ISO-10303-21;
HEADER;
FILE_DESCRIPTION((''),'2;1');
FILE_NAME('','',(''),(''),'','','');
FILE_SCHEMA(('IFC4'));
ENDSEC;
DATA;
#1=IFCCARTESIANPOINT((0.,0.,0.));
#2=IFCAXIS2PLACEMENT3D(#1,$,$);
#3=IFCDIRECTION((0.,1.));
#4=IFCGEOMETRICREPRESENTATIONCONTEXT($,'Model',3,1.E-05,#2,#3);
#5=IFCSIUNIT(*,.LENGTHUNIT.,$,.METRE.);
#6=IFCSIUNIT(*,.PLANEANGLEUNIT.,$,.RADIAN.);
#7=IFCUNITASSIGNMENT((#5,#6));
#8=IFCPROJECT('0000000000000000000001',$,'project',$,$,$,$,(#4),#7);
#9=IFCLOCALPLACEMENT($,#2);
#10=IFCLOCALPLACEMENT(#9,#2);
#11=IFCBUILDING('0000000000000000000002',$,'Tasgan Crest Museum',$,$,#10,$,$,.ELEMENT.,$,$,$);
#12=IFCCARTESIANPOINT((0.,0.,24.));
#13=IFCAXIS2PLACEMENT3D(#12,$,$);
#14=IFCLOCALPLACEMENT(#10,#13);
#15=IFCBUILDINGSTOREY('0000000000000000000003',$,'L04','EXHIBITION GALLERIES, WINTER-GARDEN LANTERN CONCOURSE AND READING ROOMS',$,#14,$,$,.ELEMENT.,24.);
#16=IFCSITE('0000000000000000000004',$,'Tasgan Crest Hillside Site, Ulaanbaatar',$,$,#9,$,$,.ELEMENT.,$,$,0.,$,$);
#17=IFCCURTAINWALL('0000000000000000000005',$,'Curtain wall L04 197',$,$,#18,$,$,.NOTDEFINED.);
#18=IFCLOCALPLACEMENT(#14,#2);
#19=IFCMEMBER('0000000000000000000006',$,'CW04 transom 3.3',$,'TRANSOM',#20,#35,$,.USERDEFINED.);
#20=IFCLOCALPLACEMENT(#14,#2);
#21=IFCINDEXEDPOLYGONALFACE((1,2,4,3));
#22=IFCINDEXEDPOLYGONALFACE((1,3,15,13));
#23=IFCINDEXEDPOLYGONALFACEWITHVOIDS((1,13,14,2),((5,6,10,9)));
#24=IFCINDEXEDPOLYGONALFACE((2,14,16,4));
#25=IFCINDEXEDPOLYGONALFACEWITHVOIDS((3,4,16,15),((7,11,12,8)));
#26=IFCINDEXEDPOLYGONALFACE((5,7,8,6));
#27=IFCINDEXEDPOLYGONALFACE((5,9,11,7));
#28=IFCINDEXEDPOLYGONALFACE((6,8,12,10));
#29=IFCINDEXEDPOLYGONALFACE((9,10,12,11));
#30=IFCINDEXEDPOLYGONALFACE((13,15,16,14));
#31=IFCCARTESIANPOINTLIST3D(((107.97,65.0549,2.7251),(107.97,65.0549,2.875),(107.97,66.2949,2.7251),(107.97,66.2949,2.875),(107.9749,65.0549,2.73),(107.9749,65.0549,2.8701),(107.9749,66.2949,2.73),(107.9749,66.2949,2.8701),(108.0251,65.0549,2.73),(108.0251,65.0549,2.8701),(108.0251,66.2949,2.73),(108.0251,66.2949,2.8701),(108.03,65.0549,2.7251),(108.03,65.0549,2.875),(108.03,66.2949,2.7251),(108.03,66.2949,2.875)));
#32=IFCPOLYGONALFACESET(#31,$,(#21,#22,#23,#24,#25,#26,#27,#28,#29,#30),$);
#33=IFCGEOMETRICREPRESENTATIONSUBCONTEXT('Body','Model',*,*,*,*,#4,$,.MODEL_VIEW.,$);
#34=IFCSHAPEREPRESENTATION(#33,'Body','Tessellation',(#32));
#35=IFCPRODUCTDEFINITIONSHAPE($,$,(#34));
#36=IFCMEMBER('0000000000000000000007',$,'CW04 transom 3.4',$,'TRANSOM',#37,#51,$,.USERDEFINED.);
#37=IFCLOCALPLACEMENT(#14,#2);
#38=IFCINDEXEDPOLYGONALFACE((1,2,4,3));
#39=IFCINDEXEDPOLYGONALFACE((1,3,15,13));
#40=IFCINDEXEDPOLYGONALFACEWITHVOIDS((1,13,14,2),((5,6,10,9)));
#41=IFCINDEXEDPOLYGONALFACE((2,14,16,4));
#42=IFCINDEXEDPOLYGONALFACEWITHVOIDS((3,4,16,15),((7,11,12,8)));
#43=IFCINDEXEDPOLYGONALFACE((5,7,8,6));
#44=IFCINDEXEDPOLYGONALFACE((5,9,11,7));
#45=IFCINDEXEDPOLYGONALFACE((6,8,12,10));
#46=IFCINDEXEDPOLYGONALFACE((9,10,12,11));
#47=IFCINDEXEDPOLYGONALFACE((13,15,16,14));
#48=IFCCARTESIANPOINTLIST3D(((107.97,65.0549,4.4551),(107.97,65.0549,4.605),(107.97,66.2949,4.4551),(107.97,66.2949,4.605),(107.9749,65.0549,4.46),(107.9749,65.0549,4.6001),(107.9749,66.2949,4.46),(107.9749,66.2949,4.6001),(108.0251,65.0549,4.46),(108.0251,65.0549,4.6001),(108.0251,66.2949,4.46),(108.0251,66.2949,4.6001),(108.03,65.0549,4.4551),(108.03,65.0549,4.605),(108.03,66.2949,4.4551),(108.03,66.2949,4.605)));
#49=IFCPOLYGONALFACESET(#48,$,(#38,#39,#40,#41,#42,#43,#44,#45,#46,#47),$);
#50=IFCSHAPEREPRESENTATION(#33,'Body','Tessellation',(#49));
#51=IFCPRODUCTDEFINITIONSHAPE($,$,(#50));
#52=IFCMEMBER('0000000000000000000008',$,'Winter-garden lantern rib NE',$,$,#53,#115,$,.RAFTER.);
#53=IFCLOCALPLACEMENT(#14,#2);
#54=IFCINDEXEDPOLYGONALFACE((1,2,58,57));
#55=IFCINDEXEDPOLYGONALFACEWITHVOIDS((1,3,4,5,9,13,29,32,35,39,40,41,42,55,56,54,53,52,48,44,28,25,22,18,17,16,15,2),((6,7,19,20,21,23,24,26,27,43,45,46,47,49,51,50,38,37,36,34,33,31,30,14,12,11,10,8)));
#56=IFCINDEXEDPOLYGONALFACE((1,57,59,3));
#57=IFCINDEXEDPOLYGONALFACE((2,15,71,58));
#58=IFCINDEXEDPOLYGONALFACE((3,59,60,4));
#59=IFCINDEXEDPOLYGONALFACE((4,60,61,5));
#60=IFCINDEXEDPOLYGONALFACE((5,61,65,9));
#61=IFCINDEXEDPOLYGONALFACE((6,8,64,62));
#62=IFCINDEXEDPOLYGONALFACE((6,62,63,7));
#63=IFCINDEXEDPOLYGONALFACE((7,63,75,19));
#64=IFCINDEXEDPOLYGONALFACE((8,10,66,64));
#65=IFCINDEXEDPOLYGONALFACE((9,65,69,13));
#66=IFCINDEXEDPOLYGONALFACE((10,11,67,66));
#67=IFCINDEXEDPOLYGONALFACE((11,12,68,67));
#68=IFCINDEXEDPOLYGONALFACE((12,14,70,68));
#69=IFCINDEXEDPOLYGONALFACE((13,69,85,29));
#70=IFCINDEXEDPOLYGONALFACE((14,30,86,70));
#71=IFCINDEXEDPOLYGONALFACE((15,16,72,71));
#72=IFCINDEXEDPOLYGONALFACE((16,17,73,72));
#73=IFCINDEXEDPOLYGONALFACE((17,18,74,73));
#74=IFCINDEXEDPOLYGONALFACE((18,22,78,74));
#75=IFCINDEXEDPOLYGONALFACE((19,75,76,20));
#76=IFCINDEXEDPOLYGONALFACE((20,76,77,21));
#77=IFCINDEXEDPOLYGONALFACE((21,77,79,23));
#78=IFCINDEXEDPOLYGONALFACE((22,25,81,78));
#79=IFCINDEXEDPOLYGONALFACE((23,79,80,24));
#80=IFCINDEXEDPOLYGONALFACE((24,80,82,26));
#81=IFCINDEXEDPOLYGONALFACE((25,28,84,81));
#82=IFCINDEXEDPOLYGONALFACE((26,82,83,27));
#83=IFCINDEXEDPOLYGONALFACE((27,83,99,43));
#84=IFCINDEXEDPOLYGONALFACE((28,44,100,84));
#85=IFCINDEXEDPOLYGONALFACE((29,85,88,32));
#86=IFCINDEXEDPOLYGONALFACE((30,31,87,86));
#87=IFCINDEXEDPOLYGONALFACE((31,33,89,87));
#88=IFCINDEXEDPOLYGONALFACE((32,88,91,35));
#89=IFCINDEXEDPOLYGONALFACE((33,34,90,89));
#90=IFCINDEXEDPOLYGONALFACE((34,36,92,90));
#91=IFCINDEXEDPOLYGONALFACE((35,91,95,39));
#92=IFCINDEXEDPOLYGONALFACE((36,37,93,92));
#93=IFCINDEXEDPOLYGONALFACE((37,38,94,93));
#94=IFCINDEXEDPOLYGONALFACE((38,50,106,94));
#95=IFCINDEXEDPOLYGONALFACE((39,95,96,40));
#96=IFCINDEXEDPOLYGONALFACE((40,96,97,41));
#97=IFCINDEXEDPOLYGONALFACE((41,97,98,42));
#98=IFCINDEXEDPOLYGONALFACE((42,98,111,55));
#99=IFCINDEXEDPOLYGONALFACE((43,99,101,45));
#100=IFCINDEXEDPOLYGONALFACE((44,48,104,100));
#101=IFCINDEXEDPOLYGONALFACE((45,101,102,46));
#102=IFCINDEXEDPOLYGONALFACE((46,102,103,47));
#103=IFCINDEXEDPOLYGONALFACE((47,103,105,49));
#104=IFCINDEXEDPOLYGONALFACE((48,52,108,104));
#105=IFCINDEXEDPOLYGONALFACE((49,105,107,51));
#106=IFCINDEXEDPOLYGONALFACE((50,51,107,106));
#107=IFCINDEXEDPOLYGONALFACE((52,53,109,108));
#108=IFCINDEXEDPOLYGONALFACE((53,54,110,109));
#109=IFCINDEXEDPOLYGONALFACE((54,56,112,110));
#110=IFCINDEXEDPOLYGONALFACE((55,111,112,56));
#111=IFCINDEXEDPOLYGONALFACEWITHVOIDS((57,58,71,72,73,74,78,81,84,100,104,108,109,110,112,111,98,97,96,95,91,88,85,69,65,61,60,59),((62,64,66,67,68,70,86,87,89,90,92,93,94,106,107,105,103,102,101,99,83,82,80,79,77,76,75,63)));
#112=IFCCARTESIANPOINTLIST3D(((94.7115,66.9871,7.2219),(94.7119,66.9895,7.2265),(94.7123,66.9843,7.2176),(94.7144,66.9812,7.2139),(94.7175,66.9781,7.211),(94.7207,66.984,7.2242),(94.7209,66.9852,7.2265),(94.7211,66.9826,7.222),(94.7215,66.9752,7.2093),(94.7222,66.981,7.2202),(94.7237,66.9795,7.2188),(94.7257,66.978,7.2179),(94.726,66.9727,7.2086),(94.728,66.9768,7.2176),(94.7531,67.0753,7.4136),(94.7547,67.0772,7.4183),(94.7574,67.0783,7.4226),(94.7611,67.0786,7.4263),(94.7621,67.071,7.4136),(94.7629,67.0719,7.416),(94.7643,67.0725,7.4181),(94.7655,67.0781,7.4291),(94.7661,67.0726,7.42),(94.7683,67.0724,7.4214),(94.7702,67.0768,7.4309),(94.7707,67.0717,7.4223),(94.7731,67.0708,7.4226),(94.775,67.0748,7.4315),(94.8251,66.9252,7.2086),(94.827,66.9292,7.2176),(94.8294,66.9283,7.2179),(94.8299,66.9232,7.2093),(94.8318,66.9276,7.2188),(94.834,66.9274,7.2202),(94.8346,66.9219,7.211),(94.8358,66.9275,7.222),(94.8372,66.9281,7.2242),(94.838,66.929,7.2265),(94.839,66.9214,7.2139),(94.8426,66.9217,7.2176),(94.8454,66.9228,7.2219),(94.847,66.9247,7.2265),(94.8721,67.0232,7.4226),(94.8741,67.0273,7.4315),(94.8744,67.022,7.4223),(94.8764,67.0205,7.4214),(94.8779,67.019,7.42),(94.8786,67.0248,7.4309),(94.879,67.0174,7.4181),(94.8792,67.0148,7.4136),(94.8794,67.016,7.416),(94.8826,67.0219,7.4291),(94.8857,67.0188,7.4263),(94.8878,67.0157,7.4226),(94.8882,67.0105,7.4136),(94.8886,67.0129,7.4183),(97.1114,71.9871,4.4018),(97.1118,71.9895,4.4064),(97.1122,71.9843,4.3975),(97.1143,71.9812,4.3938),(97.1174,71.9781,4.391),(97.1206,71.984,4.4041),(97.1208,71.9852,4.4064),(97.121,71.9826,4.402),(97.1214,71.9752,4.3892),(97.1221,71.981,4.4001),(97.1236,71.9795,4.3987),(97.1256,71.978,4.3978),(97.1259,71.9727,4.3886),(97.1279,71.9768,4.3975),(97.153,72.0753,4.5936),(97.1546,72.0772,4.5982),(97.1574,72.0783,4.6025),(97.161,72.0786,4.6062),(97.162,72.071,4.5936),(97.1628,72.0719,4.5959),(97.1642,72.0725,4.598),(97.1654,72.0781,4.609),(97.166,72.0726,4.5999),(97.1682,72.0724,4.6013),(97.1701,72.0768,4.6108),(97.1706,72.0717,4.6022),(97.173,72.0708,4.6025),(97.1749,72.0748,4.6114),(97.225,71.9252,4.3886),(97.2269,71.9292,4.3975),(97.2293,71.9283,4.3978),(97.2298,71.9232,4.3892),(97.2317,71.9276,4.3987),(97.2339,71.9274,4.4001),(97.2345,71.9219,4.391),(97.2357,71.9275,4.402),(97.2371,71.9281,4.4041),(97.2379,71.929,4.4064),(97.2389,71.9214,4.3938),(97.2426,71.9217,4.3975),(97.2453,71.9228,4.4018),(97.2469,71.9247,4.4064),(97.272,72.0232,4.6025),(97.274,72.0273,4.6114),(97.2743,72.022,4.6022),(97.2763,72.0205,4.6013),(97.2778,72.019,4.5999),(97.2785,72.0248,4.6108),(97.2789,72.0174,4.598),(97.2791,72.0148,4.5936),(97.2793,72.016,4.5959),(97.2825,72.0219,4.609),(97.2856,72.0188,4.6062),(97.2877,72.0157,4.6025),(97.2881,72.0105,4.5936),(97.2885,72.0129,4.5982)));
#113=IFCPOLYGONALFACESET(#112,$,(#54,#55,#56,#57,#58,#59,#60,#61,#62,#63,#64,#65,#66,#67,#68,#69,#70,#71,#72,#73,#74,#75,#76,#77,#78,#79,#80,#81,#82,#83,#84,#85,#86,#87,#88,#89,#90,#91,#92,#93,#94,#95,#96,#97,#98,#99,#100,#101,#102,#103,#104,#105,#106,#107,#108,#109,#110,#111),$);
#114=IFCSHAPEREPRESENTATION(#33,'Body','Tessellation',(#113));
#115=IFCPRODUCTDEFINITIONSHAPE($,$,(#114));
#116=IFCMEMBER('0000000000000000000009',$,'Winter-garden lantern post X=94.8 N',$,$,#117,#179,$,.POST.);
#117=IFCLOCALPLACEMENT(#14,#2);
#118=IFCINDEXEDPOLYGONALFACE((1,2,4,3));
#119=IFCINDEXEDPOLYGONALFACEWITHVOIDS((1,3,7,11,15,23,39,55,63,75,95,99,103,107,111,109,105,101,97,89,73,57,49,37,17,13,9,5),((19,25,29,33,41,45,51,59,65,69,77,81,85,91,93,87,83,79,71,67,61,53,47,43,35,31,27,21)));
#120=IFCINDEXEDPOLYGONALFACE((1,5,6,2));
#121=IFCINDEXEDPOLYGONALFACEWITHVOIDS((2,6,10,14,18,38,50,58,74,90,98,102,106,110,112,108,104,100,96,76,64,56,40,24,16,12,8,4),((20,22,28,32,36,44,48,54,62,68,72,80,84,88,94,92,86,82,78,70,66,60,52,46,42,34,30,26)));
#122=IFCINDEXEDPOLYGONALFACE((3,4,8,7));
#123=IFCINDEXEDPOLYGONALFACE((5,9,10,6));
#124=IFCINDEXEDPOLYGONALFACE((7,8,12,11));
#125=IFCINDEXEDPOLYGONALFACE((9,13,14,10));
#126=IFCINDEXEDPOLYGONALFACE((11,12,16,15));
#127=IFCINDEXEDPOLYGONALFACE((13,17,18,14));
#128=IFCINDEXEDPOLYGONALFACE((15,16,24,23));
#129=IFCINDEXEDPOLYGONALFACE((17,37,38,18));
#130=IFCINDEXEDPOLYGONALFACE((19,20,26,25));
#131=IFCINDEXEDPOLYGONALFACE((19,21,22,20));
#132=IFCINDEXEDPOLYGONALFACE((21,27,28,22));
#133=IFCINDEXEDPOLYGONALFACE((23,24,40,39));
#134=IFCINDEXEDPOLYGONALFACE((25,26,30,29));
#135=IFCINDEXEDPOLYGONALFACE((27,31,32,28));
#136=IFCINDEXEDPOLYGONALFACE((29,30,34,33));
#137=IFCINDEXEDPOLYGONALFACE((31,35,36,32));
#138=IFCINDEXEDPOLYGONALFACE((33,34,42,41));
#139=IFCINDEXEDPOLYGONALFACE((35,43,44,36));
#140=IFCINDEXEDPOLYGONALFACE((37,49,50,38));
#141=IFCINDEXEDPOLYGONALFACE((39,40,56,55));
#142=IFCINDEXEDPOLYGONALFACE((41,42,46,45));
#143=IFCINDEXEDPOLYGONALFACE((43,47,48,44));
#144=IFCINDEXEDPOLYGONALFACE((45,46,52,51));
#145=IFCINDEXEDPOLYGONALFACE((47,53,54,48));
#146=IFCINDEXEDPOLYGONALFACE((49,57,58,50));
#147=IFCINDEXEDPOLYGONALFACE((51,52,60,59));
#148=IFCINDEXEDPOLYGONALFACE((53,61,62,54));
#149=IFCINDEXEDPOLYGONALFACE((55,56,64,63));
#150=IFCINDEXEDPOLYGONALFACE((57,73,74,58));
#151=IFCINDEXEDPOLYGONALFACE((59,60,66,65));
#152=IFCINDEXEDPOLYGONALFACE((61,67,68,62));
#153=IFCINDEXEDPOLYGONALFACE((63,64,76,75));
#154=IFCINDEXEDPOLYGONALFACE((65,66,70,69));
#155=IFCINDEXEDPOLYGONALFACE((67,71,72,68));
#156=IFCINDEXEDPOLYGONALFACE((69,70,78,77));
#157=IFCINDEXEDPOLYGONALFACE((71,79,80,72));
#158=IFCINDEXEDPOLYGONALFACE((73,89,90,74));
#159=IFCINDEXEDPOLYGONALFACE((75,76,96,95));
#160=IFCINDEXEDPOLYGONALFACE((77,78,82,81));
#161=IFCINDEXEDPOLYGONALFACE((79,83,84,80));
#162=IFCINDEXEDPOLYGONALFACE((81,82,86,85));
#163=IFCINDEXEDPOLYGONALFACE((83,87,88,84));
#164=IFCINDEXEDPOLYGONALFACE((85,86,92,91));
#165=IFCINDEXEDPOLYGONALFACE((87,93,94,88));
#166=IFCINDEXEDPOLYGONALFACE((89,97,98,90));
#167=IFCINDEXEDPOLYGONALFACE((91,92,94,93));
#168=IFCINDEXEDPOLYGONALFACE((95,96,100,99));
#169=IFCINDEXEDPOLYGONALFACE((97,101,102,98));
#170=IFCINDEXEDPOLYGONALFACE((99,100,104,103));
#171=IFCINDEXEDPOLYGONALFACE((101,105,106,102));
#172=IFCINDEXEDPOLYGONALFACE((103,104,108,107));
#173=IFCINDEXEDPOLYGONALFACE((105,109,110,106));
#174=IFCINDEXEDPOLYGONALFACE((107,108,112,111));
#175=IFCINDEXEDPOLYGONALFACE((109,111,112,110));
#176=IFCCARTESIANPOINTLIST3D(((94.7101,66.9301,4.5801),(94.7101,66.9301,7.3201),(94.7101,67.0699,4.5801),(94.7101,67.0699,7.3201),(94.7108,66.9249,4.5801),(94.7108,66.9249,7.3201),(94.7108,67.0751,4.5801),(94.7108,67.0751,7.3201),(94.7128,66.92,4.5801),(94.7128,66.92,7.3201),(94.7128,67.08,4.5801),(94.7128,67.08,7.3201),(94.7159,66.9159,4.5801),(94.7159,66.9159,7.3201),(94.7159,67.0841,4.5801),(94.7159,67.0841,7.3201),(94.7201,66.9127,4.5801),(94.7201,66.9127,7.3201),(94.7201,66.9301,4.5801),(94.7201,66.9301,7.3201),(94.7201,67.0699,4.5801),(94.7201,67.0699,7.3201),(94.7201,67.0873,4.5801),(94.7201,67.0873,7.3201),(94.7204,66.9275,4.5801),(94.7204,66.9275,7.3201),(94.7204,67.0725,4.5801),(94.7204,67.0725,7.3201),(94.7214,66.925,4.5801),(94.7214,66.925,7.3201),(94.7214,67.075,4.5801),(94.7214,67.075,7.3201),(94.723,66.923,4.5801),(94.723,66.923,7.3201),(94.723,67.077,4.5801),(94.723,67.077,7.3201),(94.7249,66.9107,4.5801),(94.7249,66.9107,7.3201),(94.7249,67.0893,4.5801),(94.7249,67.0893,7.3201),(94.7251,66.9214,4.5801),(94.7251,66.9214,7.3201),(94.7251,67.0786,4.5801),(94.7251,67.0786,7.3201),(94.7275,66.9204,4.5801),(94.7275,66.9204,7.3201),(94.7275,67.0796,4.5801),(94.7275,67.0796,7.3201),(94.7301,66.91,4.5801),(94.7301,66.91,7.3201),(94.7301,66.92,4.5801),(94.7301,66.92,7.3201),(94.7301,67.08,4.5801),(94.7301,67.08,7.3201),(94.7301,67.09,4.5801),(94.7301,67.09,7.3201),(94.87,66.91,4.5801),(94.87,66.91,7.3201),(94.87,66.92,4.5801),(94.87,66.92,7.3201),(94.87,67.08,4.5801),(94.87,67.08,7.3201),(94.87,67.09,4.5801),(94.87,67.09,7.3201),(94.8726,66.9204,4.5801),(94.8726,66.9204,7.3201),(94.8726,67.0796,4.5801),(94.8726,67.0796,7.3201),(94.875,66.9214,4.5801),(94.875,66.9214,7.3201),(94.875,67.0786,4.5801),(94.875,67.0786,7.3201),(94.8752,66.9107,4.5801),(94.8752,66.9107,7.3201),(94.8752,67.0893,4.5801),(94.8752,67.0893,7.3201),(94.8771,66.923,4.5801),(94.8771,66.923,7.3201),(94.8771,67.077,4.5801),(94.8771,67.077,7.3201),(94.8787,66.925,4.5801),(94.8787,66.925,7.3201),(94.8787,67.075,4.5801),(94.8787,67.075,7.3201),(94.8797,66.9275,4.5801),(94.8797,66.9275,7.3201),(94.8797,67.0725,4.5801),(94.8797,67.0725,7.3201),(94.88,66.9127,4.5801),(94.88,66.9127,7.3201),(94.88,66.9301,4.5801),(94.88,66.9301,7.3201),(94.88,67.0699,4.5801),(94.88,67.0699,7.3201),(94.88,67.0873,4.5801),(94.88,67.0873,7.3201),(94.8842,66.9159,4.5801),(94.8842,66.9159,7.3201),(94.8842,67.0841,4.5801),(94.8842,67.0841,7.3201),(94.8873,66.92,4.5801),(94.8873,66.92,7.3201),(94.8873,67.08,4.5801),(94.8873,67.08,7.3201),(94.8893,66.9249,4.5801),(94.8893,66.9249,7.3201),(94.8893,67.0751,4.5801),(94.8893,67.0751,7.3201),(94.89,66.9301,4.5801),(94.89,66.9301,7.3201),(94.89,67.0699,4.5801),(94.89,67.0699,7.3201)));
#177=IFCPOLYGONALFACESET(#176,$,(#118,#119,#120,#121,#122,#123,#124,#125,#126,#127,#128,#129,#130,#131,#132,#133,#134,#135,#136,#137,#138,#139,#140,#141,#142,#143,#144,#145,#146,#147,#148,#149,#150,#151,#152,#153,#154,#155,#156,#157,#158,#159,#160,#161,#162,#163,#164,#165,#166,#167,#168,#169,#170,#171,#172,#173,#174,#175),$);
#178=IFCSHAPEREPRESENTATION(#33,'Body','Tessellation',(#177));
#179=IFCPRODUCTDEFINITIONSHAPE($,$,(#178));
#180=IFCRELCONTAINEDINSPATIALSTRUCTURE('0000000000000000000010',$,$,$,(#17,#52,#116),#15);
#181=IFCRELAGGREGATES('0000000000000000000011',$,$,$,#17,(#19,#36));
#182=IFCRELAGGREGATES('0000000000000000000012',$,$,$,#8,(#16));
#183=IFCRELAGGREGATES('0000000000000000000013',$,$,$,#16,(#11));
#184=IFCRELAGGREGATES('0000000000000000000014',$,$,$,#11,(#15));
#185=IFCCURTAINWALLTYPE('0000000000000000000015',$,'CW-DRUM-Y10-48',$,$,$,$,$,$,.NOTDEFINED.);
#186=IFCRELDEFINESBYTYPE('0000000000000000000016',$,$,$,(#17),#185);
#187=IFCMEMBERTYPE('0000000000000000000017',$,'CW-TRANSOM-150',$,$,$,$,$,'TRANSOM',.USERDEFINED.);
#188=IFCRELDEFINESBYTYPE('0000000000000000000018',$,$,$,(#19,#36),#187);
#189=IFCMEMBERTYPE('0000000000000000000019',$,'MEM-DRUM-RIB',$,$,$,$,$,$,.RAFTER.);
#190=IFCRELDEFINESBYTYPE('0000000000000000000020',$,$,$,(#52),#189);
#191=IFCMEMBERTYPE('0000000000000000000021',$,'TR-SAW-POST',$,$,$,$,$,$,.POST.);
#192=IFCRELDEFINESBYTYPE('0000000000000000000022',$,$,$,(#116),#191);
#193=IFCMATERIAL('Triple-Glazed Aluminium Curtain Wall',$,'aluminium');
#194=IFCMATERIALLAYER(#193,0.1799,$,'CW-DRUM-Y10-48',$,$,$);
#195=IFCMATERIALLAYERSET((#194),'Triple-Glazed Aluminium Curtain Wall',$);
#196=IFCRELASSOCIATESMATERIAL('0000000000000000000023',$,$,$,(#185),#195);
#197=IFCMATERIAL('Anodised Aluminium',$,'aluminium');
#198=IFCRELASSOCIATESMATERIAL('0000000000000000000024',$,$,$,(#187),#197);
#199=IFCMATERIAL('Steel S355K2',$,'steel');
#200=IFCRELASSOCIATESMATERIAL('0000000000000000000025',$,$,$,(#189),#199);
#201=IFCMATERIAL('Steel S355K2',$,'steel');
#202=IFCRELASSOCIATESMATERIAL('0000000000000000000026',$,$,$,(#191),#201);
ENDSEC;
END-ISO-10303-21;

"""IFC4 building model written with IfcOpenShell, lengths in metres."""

from ifc_helpers import new_model, si_unit, direction, frame, origin, origin_2d, place, context, subcontext, project, spatial, hollow_rectangle, extrude, material, layer, layer_set, material_profile, profile_set, type_object, element, aggregate, save


model = new_model("IFC4")

# Units and contexts
model_context = context("Model", 3, precision=1e-05, world=origin(), true_north=direction((0.0, 1.0)))
body_context = subcontext(model_context, "Body", "Model", "MODEL_VIEW")
ifc_project = project(units=[si_unit("LENGTHUNIT", "METRE"), si_unit("PLANEANGLEUNIT", "RADIAN")], contexts=[model_context])

# Site, building, storey
site_placement = place(None, origin())
site = spatial("IfcSite", under=ifc_project, at=site_placement, Name="Tasgan Crest Hillside Site, Ulaanbaatar", CompositionType="ELEMENT", RefElevation=0.0)
building_placement = place(site_placement, origin())
building = spatial("IfcBuilding", under=site, at=building_placement, Name="Tasgan Crest Museum", CompositionType="ELEMENT")
storey_placement = place(building_placement, frame((0.0, 0.0, 24.0)))
storey = spatial("IfcBuildingStorey", under=building, at=storey_placement, Name="L04", Description="EXHIBITION GALLERIES, WINTER-GARDEN LANTERN CONCOURSE AND READING ROOMS", CompositionType="ELEMENT", Elevation=24.0)

# Curtain wall, members
ifc_material_1 = material(Name="Triple-Glazed Aluminium Curtain Wall", Category="aluminium")
ifc_layer_1 = layer(ifc_material_1, 0.1799, Name="CW-DRUM-Y10-48")
ifc_layer_set_1 = layer_set([ifc_layer_1], Name="Triple-Glazed Aluminium Curtain Wall")
curtain_wall_type = type_object("IfcCurtainWallType", Name="CW-DRUM-Y10-48", PredefinedType="NOTDEFINED", material=ifc_layer_set_1)
curtain_wall_placement = place(storey_placement, origin())
curtain_wall = element("IfcCurtainWall", 1, at=curtain_wall_placement, inside=storey, type_object=curtain_wall_type, Name="Curtain wall L04 197", PredefinedType="NOTDEFINED")
ifc_material_2 = material(Name="Anodised Aluminium", Category="aluminium")
ifc_material_profile_1 = material_profile(ifc_material_2, hollow_rectangle(XDim=0.0601, YDim=0.1499, WallThickness=0.0049, at=origin_2d()), Name="ALU TRANSOM 150x60x5")
ifc_profile_set_1 = profile_set([ifc_material_profile_1], Name="Anodised Aluminium")
member_type_1 = type_object("IfcMemberType", Name="CW-TRANSOM-150", ElementType="TRANSOM", PredefinedType="USERDEFINED", material=ifc_profile_set_1)
member_1_placement = place(storey_placement, frame((108.0, 65.0549, 2.8), z_axis=(0.0, 1.0, 0.0), x_axis=(-1.0, 0.0, 0.0)))
member_1 = element("IfcMember", 2, at=member_1_placement, type_object=member_type_1, Name="CW04 transom 3.3", ObjectType="TRANSOM", PredefinedType="USERDEFINED", context=body_context, shape_type="SweptSolid", body=[
    extrude(hollow_rectangle(XDim=0.0601, YDim=0.1499, WallThickness=0.0049, at=origin_2d()), origin(), (0.0, 0.0, 1.0), 1.24),
])
member_2_placement = place(storey_placement, frame((108.0, 65.0549, 4.53), z_axis=(0.0, 1.0, 0.0), x_axis=(-1.0, 0.0, 0.0)))
member_2 = element("IfcMember", 3, at=member_2_placement, type_object=member_type_1, Name="CW04 transom 3.4", ObjectType="TRANSOM", PredefinedType="USERDEFINED", context=body_context, shape_type="SweptSolid", body=[
    extrude(hollow_rectangle(XDim=0.0601, YDim=0.1499, WallThickness=0.0049, at=origin_2d()), origin(), (0.0, 0.0, 1.0), 1.24),
])

# Members
ifc_material_3 = material(Name="Steel S355K2", Category="steel")
ifc_material_profile_2 = material_profile(ifc_material_3, hollow_rectangle(XDim=0.1499, YDim=0.25, WallThickness=0.01, InnerFilletRadius=0.01, OuterFilletRadius=0.02, at=origin_2d()), Name="RHS 250x150x10")
ifc_profile_set_2 = profile_set([ifc_material_profile_2], Name="Steel S355K2")
member_type_2 = type_object("IfcMemberType", Name="MEM-DRUM-RIB", PredefinedType="RAFTER", material=ifc_profile_set_2)
member_3_placement = place(storey_placement, frame((97.2, 72.0, 4.5), z_axis=(-0.385717, -0.80361, 0.453247), x_axis=(0.90153, -0.432717, 0.0)))
element("IfcMember", 4, at=member_3_placement, inside=storey, type_object=member_type_2, Name="Winter-garden lantern rib NE", PredefinedType="RAFTER", context=body_context, shape_type="SweptSolid", body=[
    extrude(hollow_rectangle(XDim=0.1499, YDim=0.25, WallThickness=0.01, InnerFilletRadius=0.01, OuterFilletRadius=0.02, at=origin_2d()), origin(), (0.0, 0.0, 1.0), 6.2219),
])
ifc_material_4 = material(Name="Steel S355K2", Category="steel")
ifc_material_profile_3 = material_profile(ifc_material_4, hollow_rectangle(XDim=0.1799, YDim=0.1799, WallThickness=0.01, InnerFilletRadius=0.01, OuterFilletRadius=0.02, at=origin_2d()), Name="SHS 180x180x10")
ifc_profile_set_3 = profile_set([ifc_material_profile_3], Name="Steel S355K2")
member_type_3 = type_object("IfcMemberType", Name="TR-SAW-POST", PredefinedType="POST", material=ifc_profile_set_3)
member_4_placement = place(storey_placement, frame((94.8, 67.0, 4.5801), z_axis=(0.0, 0.0, 1.0), x_axis=(1.0, 0.0, 0.0)))
element("IfcMember", 5, at=member_4_placement, inside=storey, type_object=member_type_3, Name="Winter-garden lantern post X=94.8 N", PredefinedType="POST", context=body_context, shape_type="SweptSolid", body=[
    extrude(hollow_rectangle(XDim=0.1799, YDim=0.1799, WallThickness=0.01, InnerFilletRadius=0.01, OuterFilletRadius=0.02, at=origin_2d()), origin(), (0.0, 0.0, 1.0), 2.74),
])

aggregate(curtain_wall, [member_1, member_2])

save(model, "model.ifc")
